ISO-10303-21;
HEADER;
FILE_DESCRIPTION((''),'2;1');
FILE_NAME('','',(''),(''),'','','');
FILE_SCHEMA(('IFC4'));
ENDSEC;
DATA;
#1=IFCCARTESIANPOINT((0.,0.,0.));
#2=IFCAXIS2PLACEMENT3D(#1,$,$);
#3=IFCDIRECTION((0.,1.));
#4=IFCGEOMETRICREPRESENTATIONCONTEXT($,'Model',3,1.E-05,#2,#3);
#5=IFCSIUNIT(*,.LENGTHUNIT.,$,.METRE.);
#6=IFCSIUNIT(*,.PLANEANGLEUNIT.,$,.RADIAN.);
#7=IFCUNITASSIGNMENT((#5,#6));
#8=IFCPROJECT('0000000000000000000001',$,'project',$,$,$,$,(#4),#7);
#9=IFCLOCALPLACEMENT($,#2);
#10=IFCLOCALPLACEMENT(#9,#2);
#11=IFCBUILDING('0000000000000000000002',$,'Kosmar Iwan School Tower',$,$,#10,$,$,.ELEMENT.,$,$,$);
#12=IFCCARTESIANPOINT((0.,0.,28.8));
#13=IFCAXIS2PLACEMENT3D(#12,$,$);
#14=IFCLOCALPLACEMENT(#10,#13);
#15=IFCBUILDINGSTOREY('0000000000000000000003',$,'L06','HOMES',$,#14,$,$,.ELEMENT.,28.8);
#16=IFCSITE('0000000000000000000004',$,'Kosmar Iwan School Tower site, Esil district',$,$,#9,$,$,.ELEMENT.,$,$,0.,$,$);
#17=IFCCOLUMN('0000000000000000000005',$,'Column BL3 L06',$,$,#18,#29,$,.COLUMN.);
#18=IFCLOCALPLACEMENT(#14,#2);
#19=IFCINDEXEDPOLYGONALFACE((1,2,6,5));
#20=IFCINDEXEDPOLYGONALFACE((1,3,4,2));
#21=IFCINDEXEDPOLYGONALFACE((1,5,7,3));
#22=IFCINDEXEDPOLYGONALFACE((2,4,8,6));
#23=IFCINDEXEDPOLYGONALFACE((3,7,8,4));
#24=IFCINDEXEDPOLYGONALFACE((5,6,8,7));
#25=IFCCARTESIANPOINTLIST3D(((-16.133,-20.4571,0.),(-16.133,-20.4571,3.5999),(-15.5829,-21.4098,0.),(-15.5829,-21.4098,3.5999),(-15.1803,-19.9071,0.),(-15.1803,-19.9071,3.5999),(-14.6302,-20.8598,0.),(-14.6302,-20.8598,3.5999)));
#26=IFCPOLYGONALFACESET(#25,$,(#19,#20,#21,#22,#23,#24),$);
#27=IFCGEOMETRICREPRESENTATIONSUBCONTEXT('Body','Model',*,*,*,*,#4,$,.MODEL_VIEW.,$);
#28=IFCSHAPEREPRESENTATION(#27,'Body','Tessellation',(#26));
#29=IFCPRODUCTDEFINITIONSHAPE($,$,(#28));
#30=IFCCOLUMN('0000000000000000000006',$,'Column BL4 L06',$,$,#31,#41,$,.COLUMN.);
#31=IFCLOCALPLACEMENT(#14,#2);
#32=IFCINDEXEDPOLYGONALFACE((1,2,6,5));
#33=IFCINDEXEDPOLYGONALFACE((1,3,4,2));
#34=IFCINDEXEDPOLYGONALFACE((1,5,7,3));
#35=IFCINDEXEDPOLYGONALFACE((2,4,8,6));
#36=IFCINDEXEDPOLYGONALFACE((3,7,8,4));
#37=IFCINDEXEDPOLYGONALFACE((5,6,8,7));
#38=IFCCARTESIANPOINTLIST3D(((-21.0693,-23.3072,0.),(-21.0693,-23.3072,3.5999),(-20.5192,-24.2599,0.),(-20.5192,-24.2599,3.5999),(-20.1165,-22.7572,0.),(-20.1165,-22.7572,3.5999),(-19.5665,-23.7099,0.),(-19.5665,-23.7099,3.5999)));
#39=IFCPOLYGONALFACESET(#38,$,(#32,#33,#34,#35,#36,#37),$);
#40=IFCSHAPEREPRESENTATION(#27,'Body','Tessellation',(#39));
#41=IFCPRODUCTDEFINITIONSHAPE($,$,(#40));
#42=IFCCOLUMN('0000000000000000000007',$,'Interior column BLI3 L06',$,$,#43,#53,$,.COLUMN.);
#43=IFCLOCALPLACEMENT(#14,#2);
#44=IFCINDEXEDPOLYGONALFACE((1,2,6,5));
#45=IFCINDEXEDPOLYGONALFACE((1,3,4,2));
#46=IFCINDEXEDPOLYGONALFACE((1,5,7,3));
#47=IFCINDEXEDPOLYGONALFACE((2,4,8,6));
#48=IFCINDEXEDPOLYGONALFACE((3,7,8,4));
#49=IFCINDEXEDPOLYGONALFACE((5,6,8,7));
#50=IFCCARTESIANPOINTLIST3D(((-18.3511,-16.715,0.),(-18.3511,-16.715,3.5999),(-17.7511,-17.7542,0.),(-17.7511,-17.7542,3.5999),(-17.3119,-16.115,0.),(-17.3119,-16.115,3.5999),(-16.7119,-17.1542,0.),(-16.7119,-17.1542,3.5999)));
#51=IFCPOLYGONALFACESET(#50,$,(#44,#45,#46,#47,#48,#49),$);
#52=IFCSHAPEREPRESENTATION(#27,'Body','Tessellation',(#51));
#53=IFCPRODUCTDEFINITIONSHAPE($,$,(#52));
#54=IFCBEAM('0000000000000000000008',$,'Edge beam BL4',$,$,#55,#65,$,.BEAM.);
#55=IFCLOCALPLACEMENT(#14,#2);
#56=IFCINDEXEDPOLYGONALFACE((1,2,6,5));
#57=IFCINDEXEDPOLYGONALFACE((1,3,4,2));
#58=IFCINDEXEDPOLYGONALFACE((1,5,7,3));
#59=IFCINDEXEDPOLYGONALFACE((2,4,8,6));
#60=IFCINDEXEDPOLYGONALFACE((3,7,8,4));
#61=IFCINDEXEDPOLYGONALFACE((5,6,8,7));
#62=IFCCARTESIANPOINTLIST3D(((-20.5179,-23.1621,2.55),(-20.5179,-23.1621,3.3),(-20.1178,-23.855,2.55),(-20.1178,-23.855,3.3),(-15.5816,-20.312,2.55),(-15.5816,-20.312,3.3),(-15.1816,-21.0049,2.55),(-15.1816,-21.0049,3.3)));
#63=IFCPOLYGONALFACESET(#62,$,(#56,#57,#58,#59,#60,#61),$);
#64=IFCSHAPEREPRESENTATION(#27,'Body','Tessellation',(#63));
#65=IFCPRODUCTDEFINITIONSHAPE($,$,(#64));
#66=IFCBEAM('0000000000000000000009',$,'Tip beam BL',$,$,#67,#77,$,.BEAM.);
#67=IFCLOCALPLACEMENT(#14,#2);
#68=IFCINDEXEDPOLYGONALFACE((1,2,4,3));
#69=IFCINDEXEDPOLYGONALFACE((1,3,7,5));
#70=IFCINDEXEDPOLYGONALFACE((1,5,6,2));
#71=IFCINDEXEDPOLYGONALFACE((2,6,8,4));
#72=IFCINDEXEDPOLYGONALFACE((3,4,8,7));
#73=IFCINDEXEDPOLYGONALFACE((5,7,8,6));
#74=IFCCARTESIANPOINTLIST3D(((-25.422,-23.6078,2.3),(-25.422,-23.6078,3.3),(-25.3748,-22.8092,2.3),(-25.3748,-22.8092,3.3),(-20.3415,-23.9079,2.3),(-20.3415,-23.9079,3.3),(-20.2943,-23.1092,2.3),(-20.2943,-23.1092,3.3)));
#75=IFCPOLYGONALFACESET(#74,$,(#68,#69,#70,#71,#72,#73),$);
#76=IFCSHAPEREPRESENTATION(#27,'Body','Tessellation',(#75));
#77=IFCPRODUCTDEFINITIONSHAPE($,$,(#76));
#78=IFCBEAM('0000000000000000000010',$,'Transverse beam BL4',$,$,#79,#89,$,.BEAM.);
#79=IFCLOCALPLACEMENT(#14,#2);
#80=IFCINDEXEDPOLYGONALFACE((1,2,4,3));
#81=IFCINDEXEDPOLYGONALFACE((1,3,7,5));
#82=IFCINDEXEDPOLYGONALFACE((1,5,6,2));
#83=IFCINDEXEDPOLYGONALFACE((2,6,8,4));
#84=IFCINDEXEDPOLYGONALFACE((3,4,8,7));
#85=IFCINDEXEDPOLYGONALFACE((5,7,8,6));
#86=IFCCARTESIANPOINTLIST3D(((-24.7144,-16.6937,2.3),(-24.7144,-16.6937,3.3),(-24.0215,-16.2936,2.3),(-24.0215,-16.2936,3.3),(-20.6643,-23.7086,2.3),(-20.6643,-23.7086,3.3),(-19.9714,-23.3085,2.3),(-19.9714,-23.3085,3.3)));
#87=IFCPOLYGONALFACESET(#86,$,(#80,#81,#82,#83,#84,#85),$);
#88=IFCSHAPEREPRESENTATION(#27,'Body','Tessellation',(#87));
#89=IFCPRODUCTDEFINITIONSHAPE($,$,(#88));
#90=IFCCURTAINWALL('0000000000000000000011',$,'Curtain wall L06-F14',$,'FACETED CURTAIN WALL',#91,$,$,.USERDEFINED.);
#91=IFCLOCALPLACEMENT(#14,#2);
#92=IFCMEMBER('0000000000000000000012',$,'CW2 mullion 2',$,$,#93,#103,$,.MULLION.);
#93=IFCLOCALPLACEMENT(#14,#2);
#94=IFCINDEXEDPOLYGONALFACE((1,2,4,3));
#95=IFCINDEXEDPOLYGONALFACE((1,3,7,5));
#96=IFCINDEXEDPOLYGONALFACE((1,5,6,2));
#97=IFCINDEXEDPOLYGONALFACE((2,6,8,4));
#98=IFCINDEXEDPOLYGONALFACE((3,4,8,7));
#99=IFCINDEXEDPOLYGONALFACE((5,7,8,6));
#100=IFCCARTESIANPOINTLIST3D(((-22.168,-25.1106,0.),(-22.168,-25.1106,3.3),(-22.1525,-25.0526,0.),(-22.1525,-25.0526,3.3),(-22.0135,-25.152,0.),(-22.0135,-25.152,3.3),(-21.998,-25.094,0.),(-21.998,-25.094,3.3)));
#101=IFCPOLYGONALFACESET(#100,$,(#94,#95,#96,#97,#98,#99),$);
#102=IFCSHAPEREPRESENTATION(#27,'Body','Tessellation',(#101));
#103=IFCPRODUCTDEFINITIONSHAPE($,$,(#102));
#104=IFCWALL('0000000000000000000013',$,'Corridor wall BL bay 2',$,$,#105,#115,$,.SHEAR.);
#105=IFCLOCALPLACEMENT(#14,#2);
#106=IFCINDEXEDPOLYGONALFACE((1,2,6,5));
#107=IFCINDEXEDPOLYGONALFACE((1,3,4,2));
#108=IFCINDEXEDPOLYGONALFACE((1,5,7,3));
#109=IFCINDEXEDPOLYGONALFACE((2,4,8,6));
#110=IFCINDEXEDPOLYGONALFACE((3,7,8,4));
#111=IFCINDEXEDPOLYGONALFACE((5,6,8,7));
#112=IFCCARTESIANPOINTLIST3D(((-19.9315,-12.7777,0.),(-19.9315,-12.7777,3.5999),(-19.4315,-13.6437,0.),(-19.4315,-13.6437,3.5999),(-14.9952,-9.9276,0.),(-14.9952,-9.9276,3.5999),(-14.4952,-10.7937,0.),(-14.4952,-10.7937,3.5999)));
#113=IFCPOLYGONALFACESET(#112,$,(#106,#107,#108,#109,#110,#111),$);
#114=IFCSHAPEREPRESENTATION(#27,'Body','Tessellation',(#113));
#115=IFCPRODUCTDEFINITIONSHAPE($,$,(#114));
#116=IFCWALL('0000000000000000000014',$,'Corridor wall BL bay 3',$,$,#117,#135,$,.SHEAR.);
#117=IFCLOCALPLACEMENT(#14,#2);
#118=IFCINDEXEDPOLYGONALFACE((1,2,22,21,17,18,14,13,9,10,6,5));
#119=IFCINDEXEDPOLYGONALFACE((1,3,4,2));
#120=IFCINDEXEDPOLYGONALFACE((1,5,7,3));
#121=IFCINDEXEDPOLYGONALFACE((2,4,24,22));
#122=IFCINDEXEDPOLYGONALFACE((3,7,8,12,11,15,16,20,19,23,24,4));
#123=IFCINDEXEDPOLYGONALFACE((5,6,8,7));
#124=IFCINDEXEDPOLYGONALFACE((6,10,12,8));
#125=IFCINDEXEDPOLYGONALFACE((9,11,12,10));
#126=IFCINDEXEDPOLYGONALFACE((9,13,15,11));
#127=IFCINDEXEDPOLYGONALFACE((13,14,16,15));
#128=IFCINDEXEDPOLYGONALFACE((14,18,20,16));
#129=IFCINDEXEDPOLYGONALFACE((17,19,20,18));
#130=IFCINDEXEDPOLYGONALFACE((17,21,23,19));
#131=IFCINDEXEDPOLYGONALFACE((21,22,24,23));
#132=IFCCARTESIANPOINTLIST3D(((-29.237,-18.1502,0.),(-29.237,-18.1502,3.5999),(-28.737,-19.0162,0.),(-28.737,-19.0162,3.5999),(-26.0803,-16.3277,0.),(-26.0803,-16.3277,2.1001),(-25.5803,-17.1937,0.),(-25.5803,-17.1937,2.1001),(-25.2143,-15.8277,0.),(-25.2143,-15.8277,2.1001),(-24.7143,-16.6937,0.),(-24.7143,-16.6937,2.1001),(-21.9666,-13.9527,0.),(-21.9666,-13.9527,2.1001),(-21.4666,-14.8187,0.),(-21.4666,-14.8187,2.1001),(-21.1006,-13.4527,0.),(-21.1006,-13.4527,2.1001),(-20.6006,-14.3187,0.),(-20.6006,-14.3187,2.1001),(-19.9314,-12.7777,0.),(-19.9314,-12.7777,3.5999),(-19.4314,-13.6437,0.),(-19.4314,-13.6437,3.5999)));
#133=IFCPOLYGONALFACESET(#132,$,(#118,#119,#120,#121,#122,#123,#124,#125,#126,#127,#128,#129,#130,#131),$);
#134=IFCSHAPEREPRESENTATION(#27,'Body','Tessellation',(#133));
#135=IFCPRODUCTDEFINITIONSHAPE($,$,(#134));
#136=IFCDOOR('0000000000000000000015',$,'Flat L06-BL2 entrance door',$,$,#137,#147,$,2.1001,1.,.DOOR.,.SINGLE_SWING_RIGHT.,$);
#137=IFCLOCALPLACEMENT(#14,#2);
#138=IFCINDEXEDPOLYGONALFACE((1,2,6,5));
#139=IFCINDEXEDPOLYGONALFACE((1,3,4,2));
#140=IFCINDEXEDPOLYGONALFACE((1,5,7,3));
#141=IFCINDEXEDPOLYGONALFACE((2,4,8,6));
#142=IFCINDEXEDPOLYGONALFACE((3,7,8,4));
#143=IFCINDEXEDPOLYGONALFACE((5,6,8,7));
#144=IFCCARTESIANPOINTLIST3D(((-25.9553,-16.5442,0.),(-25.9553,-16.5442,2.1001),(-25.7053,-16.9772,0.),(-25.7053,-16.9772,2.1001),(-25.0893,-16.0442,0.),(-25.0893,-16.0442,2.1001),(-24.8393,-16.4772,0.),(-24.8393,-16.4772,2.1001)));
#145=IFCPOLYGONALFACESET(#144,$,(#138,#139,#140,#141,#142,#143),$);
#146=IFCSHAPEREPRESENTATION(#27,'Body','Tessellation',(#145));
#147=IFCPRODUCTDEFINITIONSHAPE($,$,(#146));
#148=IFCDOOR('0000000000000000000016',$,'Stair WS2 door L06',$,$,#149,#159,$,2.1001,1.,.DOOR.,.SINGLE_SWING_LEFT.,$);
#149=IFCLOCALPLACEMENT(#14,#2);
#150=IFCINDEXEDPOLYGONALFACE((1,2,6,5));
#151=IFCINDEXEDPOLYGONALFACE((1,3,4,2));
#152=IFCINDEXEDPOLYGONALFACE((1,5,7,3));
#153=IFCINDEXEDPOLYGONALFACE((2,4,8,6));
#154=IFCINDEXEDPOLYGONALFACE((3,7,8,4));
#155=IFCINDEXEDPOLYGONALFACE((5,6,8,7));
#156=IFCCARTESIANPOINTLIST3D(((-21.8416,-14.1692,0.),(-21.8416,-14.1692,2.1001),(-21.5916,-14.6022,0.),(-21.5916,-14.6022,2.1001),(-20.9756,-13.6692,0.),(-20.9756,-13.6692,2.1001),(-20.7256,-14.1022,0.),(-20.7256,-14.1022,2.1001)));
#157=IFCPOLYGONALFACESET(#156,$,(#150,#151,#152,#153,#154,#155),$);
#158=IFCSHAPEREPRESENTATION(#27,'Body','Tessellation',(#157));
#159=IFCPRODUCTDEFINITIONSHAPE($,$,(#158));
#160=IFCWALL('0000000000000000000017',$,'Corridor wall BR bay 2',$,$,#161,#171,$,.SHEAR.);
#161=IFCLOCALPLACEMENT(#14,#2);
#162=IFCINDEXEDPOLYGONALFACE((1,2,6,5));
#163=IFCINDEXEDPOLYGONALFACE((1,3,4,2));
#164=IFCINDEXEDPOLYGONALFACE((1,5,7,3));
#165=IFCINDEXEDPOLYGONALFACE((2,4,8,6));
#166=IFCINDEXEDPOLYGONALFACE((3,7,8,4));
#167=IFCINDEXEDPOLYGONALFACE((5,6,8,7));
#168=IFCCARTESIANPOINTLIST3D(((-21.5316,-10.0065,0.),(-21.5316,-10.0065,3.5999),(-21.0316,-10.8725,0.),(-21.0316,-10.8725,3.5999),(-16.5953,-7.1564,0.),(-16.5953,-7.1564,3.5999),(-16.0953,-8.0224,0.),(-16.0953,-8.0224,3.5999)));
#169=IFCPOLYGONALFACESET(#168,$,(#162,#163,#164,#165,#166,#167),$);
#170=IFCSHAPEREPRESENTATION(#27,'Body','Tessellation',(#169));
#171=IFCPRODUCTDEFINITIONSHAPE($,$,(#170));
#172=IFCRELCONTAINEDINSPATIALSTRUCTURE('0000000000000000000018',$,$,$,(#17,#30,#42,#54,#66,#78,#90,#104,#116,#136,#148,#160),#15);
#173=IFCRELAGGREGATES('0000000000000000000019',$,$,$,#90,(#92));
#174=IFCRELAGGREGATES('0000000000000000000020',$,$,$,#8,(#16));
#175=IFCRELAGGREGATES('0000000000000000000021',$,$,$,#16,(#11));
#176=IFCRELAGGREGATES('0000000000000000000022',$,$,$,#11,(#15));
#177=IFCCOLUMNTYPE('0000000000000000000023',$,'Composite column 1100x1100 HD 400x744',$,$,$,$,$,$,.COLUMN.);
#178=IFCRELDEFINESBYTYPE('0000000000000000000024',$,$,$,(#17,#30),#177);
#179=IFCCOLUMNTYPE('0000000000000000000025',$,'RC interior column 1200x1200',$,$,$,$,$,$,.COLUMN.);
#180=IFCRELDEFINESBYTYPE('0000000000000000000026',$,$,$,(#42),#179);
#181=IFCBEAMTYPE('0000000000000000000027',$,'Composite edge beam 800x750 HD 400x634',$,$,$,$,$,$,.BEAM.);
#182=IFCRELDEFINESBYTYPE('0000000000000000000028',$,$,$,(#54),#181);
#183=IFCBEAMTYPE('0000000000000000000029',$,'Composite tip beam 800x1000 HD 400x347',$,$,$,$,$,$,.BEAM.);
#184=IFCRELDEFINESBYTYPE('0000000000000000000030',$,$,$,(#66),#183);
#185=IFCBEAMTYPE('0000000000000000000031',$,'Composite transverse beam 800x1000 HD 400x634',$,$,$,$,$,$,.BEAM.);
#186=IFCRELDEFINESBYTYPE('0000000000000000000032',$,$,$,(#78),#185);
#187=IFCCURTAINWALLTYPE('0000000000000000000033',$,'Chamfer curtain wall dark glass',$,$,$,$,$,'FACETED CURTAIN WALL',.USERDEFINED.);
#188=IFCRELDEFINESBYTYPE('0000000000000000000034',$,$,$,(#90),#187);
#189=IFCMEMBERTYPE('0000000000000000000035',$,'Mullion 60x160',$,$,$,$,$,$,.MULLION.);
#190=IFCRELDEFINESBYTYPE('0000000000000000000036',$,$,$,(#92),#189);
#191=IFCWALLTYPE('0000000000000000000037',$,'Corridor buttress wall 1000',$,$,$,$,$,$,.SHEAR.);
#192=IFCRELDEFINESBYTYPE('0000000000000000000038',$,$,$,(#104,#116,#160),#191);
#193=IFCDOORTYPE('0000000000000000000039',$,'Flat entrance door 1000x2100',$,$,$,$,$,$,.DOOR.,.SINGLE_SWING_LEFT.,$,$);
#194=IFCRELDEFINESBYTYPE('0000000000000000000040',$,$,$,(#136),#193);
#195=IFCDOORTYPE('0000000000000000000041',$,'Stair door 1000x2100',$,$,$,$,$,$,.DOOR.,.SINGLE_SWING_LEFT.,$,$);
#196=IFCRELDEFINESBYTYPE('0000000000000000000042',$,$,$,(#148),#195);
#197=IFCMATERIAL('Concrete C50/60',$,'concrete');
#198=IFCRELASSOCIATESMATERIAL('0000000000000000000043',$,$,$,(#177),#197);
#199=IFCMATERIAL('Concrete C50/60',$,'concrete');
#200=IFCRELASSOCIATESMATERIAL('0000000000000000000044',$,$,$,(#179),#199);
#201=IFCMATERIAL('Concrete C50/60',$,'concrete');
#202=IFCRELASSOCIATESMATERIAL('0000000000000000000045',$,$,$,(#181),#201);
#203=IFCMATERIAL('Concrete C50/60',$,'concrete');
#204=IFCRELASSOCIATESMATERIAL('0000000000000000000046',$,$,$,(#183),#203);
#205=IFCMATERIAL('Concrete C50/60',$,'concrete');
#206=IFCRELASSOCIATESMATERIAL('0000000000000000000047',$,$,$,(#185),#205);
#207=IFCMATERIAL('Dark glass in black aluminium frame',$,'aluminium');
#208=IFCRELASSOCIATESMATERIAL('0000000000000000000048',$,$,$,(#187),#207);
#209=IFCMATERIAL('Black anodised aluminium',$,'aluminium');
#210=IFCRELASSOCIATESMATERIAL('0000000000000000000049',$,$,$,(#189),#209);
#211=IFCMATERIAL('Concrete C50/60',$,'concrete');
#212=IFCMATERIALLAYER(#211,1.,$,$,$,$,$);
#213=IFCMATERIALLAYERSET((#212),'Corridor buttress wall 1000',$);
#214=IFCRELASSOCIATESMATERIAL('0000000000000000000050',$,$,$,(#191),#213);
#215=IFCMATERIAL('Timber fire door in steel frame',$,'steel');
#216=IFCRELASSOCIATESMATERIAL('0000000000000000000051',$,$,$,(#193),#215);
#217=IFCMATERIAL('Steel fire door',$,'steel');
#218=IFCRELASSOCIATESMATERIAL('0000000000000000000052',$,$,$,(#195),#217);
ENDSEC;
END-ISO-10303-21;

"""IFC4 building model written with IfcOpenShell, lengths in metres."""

from ifc_helpers import new_model, si_unit, direction, frame, frame_2d, origin, origin_2d, place, context, subcontext, project, spatial, rectangle, extrude, material, layer, layer_set, material_profile, profile_set, type_object, element, fill, aggregate, save


model = new_model("IFC4")

# Units and contexts
model_context = context("Model", 3, precision=1e-05, world=origin(), true_north=direction((0.0, 1.0)))
body_context = subcontext(model_context, "Body", "Model", "MODEL_VIEW")
ifc_project = project(units=[si_unit("LENGTHUNIT", "METRE"), si_unit("PLANEANGLEUNIT", "RADIAN")], contexts=[model_context])

# Site, building, storey
site_placement = place(None, origin())
site = spatial("IfcSite", under=ifc_project, at=site_placement, Name="Kosmar Iwan School Tower site, Esil district", CompositionType="ELEMENT", RefElevation=0.0)
building_placement = place(site_placement, origin())
building = spatial("IfcBuilding", under=site, at=building_placement, Name="Kosmar Iwan School Tower", CompositionType="ELEMENT")
storey_placement = place(building_placement, frame((0.0, 0.0, 28.8)))
storey = spatial("IfcBuildingStorey", under=building, at=storey_placement, Name="L06", Description="HOMES", CompositionType="ELEMENT", Elevation=28.8)

# Columns
ifc_material_1 = material(Name="Concrete C50/60", Category="concrete")
ifc_material_profile_1 = material_profile(ifc_material_1, rectangle(XDim=1.1001, YDim=1.1001, at=origin_2d()), Name="RC 1100x1100 + HD 400x744")
ifc_profile_set_1 = profile_set([ifc_material_profile_1], Name="Concrete C50/60")
column_type_1 = type_object("IfcColumnType", Name="Composite column 1100x1100 HD 400x744", PredefinedType="COLUMN", material=ifc_profile_set_1)
for number, where, z_axis, x_axis, name in (
    (1, (-15.3816, -20.6584, 0.0), (0.0, 0.0, 1.0), (-0.866025, -0.5, 0.0), "Column BL3 L06"),
    (2, (-20.3179, -23.5085, 0.0), (0.0, 0.0, 1.0), (-0.866025, -0.5, 0.0), "Column BL4 L06"),
):
    element("IfcColumn", number, at=place(storey_placement, frame(where, z_axis=z_axis, x_axis=x_axis)), inside=storey, type_object=column_type_1, Name=name, PredefinedType="COLUMN", context=body_context, shape_type="SweptSolid", body=[
        extrude(rectangle(XDim=1.1001, YDim=1.1001, at=origin_2d()), origin(), (0.0, 0.0, 1.0), 3.5999),
    ])
ifc_material_2 = material(Name="Concrete C50/60", Category="concrete")
ifc_material_profile_2 = material_profile(ifc_material_2, rectangle(XDim=1.2, YDim=1.2, at=origin_2d()), Name="RC 1200x1200")
ifc_profile_set_2 = profile_set([ifc_material_profile_2], Name="Concrete C50/60")
column_type_2 = type_object("IfcColumnType", Name="RC interior column 1200x1200", PredefinedType="COLUMN", material=ifc_profile_set_2)
column_placement = place(storey_placement, frame((-17.5315, -16.9346, 0.0), z_axis=(0.0, 0.0, 1.0), x_axis=(-0.866025, -0.5, 0.0)))
element("IfcColumn", 3, at=column_placement, inside=storey, type_object=column_type_2, Name="Interior column BLI3 L06", PredefinedType="COLUMN", context=body_context, shape_type="SweptSolid", body=[
    extrude(rectangle(XDim=1.2, YDim=1.2, at=origin_2d()), origin(), (0.0, 0.0, 1.0), 3.5999),
])

# Beams
ifc_material_3 = material(Name="Concrete C50/60", Category="concrete")
ifc_material_profile_3 = material_profile(ifc_material_3, rectangle(XDim=0.8, YDim=0.75, at=origin_2d()), Name="RC 800x750 + HD 400x634")
ifc_profile_set_3 = profile_set([ifc_material_profile_3], Name="Concrete C50/60")
beam_type_1 = type_object("IfcBeamType", Name="Composite edge beam 800x750 HD 400x634", PredefinedType="BEAM", material=ifc_profile_set_3)
beam_1_placement = place(storey_placement, frame((-15.3816, -20.6584, 2.925), z_axis=(-0.866015, -0.500018, 0.0), x_axis=(0.500018, -0.866015, 0.0)))
element("IfcBeam", 4, at=beam_1_placement, inside=storey, type_object=beam_type_1, Name="Edge beam BL4", PredefinedType="BEAM", context=body_context, shape_type="SweptSolid", body=[
    extrude(rectangle(XDim=0.8, YDim=0.75, at=origin_2d()), origin(), (0.0, 0.0, 1.0), 5.7),
])
ifc_material_4 = material(Name="Concrete C50/60", Category="concrete")
ifc_material_profile_4 = material_profile(ifc_material_4, rectangle(XDim=0.8, YDim=1.0, at=origin_2d()), Name="RC 800x1000 + HD 400x347")
ifc_profile_set_4 = profile_set([ifc_material_profile_4], Name="Concrete C50/60")
beam_type_2 = type_object("IfcBeamType", Name="Composite tip beam 800x1000 HD 400x347", PredefinedType="BEAM", material=ifc_profile_set_4)
beam_2_placement = place(storey_placement, frame((-20.3179, -23.5085, 2.8), z_axis=(-0.998261, 0.058955, 0.0), x_axis=(-0.058955, -0.998261, 0.0)))
element("IfcBeam", 5, at=beam_2_placement, inside=storey, type_object=beam_type_2, Name="Tip beam BL", PredefinedType="BEAM", context=body_context, shape_type="SweptSolid", body=[
    extrude(rectangle(XDim=0.8, YDim=1.0, at=origin_2d()), origin(), (0.0, 0.0, 1.0), 5.0894),
])
ifc_material_5 = material(Name="Concrete C50/60", Category="concrete")
ifc_material_profile_5 = material_profile(ifc_material_5, rectangle(XDim=0.8, YDim=1.0, at=origin_2d()), Name="RC 800x1000 + HD 400x634")
ifc_profile_set_5 = profile_set([ifc_material_profile_5], Name="Concrete C50/60")
beam_type_3 = type_object("IfcBeamType", Name="Composite transverse beam 800x1000 HD 400x634", PredefinedType="BEAM", material=ifc_profile_set_5)
beam_3_placement = place(storey_placement, frame((-20.3179, -23.5085, 2.8), z_axis=(-0.5, 0.866025, 0.0), x_axis=(-0.866025, -0.5, 0.0)))
element("IfcBeam", 6, at=beam_3_placement, inside=storey, type_object=beam_type_3, Name="Transverse beam BL4", PredefinedType="BEAM", context=body_context, shape_type="SweptSolid", body=[
    extrude(rectangle(XDim=0.8, YDim=1.0, at=origin_2d()), origin(), (0.0, 0.0, 1.0), 8.1001),
])

# Curtain wall, member
ifc_material_6 = material(Name="Dark glass in black aluminium frame", Category="aluminium")
curtain_wall_type = type_object("IfcCurtainWallType", Name="Chamfer curtain wall dark glass", ElementType="FACETED CURTAIN WALL", PredefinedType="USERDEFINED", material=ifc_material_6)
curtain_wall_placement = place(storey_placement, origin())
curtain_wall = element("IfcCurtainWall", 7, at=curtain_wall_placement, inside=storey, type_object=curtain_wall_type, Name="Curtain wall L06-F14", ObjectType="FACETED CURTAIN WALL", PredefinedType="USERDEFINED")
ifc_material_7 = material(Name="Black anodised aluminium", Category="aluminium")
ifc_material_profile_6 = material_profile(ifc_material_7, rectangle(XDim=0.0601, YDim=0.1599, at=origin_2d()), Name="MULLION 60x160")
ifc_profile_set_6 = profile_set([ifc_material_profile_6], Name="Black anodised aluminium")
member_type = type_object("IfcMemberType", Name="Mullion 60x160", PredefinedType="MULLION", material=ifc_profile_set_6)
member_placement = place(storey_placement, frame((-22.083, -25.1023, 0.0), z_axis=(0.0, 0.0, 1.0), x_axis=(0.258819, 0.965926, 0.0)))
member = element("IfcMember", 8, at=member_placement, type_object=member_type, Name="CW2 mullion 2", PredefinedType="MULLION", context=body_context, shape_type="SweptSolid", body=[
    extrude(rectangle(XDim=0.0601, YDim=0.1599, at=origin_2d()), origin(), (0.0, 0.0, 1.0), 3.3),
])
aggregate(curtain_wall, [member])

# Wall
ifc_material_8 = material(Name="Concrete C50/60", Category="concrete")
ifc_layer_1 = layer(ifc_material_8, 1.0)
ifc_layer_set_1 = layer_set([ifc_layer_1], Name="Corridor buttress wall 1000")
wall_type_1 = type_object("IfcWallType", Name="Corridor buttress wall 1000", PredefinedType="SHEAR", material=ifc_layer_set_1)
wall_1_placement = place(storey_placement, frame((-14.7451, -10.3606, 0.0), z_axis=(0.0, 0.0, 1.0), x_axis=(-0.866015, -0.500018, 0.0)))
element("IfcWall", 9, at=wall_1_placement, inside=storey, type_object=wall_type_1, Name="Corridor wall BL bay 2", PredefinedType="SHEAR", context=body_context, shape_type="SweptSolid", body=[
    extrude(rectangle(XDim=5.7, YDim=1.0, at=frame_2d((2.8501, 0.0))), origin(), (0.0, 0.0, 1.0), 3.5999),
])

# Wall, openings, doors
wall_2_placement = place(storey_placement, frame((-19.6814, -13.2107, 0.0), z_axis=(0.0, 0.0, 1.0), x_axis=(-0.866028, -0.499995, 0.0)))
wall_2 = element("IfcWall", 10, at=wall_2_placement, inside=storey, type_object=wall_type_1, Name="Corridor wall BL bay 3", PredefinedType="SHEAR", context=body_context, shape_type="SweptSolid", body=[
    extrude(rectangle(XDim=10.7451, YDim=1.0, at=frame_2d((5.3726, 0.0))), origin(), (0.0, 0.0, 1.0), 3.5999),
])
opening_1_placement = place(wall_2_placement, frame((6.1001, 0.0, 0.0)))
opening_1 = element("IfcOpeningElement", 11, at=opening_1_placement, cuts=wall_2, PredefinedType="OPENING", context=body_context, shape_type="SweptSolid", body=[
    extrude(rectangle(XDim=1.0, YDim=2.1001, at=frame_2d((0.5, 1.05))), frame((0.0, 0.512, 0.0), z_axis=(0.0, -1.0, 0.0), x_axis=(1.0, 0.0, 0.0)), (0.0, 0.0, 1.0), 1.0239),
])
opening_2_placement = place(wall_2_placement, frame((1.3501, 0.0, 0.0)))
opening_2 = element("IfcOpeningElement", 12, at=opening_2_placement, cuts=wall_2, PredefinedType="OPENING", context=body_context, shape_type="SweptSolid", body=[
    extrude(rectangle(XDim=1.0, YDim=2.1001, at=frame_2d((0.5, 1.05))), frame((0.0, 0.512, 0.0), z_axis=(0.0, -1.0, 0.0), x_axis=(1.0, 0.0, 0.0)), (0.0, 0.0, 1.0), 1.0239),
])
ifc_material_9 = material(Name="Timber fire door in steel frame", Category="steel")
door_type_1 = type_object("IfcDoorType", Name="Flat entrance door 1000x2100", OperationType="SINGLE_SWING_LEFT", PredefinedType="DOOR", material=ifc_material_9)
door_1_placement = place(opening_1_placement, origin())
door_1 = element("IfcDoor", 13, at=door_1_placement, inside=storey, type_object=door_type_1, Name="Flat L06-BL2 entrance door", OperationType="SINGLE_SWING_RIGHT", OverallHeight=2.1001, OverallWidth=1.0, PredefinedType="DOOR", context=body_context, shape_type="SweptSolid", body=[
    extrude(rectangle(XDim=1.0, YDim=2.1001, at=frame_2d((0.5, 1.05))), frame((0.0, 0.25, 0.0), z_axis=(0.0, -1.0, 0.0), x_axis=(1.0, 0.0, 0.0)), (0.0, 0.0, 1.0), 0.5),
])
fill(opening_1, door_1)
ifc_material_10 = material(Name="Steel fire door", Category="steel")
door_type_2 = type_object("IfcDoorType", Name="Stair door 1000x2100", OperationType="SINGLE_SWING_LEFT", PredefinedType="DOOR", material=ifc_material_10)
door_2_placement = place(opening_2_placement, origin())
door_2 = element("IfcDoor", 14, at=door_2_placement, inside=storey, type_object=door_type_2, Name="Stair WS2 door L06", OperationType="SINGLE_SWING_LEFT", OverallHeight=2.1001, OverallWidth=1.0, PredefinedType="DOOR", context=body_context, shape_type="SweptSolid", body=[
    extrude(rectangle(XDim=1.0, YDim=2.1001, at=frame_2d((0.5, 1.05))), frame((0.0, 0.25, 0.0), z_axis=(0.0, -1.0, 0.0), x_axis=(1.0, 0.0, 0.0)), (0.0, 0.0, 1.0), 0.5),
])
fill(opening_2, door_2)

# Wall
wall_3_placement = place(storey_placement, frame((-16.3452, -7.5894, 0.0), z_axis=(0.0, 0.0, 1.0), x_axis=(-0.866015, -0.500018, 0.0)))
element("IfcWall", 15, at=wall_3_placement, inside=storey, type_object=wall_type_1, Name="Corridor wall BR bay 2", PredefinedType="SHEAR", context=body_context, shape_type="SweptSolid", body=[
    extrude(rectangle(XDim=5.7, YDim=1.0, at=frame_2d((2.8501, 0.0))), origin(), (0.0, 0.0, 1.0), 3.5999),
])

save(model, "model.ifc")
